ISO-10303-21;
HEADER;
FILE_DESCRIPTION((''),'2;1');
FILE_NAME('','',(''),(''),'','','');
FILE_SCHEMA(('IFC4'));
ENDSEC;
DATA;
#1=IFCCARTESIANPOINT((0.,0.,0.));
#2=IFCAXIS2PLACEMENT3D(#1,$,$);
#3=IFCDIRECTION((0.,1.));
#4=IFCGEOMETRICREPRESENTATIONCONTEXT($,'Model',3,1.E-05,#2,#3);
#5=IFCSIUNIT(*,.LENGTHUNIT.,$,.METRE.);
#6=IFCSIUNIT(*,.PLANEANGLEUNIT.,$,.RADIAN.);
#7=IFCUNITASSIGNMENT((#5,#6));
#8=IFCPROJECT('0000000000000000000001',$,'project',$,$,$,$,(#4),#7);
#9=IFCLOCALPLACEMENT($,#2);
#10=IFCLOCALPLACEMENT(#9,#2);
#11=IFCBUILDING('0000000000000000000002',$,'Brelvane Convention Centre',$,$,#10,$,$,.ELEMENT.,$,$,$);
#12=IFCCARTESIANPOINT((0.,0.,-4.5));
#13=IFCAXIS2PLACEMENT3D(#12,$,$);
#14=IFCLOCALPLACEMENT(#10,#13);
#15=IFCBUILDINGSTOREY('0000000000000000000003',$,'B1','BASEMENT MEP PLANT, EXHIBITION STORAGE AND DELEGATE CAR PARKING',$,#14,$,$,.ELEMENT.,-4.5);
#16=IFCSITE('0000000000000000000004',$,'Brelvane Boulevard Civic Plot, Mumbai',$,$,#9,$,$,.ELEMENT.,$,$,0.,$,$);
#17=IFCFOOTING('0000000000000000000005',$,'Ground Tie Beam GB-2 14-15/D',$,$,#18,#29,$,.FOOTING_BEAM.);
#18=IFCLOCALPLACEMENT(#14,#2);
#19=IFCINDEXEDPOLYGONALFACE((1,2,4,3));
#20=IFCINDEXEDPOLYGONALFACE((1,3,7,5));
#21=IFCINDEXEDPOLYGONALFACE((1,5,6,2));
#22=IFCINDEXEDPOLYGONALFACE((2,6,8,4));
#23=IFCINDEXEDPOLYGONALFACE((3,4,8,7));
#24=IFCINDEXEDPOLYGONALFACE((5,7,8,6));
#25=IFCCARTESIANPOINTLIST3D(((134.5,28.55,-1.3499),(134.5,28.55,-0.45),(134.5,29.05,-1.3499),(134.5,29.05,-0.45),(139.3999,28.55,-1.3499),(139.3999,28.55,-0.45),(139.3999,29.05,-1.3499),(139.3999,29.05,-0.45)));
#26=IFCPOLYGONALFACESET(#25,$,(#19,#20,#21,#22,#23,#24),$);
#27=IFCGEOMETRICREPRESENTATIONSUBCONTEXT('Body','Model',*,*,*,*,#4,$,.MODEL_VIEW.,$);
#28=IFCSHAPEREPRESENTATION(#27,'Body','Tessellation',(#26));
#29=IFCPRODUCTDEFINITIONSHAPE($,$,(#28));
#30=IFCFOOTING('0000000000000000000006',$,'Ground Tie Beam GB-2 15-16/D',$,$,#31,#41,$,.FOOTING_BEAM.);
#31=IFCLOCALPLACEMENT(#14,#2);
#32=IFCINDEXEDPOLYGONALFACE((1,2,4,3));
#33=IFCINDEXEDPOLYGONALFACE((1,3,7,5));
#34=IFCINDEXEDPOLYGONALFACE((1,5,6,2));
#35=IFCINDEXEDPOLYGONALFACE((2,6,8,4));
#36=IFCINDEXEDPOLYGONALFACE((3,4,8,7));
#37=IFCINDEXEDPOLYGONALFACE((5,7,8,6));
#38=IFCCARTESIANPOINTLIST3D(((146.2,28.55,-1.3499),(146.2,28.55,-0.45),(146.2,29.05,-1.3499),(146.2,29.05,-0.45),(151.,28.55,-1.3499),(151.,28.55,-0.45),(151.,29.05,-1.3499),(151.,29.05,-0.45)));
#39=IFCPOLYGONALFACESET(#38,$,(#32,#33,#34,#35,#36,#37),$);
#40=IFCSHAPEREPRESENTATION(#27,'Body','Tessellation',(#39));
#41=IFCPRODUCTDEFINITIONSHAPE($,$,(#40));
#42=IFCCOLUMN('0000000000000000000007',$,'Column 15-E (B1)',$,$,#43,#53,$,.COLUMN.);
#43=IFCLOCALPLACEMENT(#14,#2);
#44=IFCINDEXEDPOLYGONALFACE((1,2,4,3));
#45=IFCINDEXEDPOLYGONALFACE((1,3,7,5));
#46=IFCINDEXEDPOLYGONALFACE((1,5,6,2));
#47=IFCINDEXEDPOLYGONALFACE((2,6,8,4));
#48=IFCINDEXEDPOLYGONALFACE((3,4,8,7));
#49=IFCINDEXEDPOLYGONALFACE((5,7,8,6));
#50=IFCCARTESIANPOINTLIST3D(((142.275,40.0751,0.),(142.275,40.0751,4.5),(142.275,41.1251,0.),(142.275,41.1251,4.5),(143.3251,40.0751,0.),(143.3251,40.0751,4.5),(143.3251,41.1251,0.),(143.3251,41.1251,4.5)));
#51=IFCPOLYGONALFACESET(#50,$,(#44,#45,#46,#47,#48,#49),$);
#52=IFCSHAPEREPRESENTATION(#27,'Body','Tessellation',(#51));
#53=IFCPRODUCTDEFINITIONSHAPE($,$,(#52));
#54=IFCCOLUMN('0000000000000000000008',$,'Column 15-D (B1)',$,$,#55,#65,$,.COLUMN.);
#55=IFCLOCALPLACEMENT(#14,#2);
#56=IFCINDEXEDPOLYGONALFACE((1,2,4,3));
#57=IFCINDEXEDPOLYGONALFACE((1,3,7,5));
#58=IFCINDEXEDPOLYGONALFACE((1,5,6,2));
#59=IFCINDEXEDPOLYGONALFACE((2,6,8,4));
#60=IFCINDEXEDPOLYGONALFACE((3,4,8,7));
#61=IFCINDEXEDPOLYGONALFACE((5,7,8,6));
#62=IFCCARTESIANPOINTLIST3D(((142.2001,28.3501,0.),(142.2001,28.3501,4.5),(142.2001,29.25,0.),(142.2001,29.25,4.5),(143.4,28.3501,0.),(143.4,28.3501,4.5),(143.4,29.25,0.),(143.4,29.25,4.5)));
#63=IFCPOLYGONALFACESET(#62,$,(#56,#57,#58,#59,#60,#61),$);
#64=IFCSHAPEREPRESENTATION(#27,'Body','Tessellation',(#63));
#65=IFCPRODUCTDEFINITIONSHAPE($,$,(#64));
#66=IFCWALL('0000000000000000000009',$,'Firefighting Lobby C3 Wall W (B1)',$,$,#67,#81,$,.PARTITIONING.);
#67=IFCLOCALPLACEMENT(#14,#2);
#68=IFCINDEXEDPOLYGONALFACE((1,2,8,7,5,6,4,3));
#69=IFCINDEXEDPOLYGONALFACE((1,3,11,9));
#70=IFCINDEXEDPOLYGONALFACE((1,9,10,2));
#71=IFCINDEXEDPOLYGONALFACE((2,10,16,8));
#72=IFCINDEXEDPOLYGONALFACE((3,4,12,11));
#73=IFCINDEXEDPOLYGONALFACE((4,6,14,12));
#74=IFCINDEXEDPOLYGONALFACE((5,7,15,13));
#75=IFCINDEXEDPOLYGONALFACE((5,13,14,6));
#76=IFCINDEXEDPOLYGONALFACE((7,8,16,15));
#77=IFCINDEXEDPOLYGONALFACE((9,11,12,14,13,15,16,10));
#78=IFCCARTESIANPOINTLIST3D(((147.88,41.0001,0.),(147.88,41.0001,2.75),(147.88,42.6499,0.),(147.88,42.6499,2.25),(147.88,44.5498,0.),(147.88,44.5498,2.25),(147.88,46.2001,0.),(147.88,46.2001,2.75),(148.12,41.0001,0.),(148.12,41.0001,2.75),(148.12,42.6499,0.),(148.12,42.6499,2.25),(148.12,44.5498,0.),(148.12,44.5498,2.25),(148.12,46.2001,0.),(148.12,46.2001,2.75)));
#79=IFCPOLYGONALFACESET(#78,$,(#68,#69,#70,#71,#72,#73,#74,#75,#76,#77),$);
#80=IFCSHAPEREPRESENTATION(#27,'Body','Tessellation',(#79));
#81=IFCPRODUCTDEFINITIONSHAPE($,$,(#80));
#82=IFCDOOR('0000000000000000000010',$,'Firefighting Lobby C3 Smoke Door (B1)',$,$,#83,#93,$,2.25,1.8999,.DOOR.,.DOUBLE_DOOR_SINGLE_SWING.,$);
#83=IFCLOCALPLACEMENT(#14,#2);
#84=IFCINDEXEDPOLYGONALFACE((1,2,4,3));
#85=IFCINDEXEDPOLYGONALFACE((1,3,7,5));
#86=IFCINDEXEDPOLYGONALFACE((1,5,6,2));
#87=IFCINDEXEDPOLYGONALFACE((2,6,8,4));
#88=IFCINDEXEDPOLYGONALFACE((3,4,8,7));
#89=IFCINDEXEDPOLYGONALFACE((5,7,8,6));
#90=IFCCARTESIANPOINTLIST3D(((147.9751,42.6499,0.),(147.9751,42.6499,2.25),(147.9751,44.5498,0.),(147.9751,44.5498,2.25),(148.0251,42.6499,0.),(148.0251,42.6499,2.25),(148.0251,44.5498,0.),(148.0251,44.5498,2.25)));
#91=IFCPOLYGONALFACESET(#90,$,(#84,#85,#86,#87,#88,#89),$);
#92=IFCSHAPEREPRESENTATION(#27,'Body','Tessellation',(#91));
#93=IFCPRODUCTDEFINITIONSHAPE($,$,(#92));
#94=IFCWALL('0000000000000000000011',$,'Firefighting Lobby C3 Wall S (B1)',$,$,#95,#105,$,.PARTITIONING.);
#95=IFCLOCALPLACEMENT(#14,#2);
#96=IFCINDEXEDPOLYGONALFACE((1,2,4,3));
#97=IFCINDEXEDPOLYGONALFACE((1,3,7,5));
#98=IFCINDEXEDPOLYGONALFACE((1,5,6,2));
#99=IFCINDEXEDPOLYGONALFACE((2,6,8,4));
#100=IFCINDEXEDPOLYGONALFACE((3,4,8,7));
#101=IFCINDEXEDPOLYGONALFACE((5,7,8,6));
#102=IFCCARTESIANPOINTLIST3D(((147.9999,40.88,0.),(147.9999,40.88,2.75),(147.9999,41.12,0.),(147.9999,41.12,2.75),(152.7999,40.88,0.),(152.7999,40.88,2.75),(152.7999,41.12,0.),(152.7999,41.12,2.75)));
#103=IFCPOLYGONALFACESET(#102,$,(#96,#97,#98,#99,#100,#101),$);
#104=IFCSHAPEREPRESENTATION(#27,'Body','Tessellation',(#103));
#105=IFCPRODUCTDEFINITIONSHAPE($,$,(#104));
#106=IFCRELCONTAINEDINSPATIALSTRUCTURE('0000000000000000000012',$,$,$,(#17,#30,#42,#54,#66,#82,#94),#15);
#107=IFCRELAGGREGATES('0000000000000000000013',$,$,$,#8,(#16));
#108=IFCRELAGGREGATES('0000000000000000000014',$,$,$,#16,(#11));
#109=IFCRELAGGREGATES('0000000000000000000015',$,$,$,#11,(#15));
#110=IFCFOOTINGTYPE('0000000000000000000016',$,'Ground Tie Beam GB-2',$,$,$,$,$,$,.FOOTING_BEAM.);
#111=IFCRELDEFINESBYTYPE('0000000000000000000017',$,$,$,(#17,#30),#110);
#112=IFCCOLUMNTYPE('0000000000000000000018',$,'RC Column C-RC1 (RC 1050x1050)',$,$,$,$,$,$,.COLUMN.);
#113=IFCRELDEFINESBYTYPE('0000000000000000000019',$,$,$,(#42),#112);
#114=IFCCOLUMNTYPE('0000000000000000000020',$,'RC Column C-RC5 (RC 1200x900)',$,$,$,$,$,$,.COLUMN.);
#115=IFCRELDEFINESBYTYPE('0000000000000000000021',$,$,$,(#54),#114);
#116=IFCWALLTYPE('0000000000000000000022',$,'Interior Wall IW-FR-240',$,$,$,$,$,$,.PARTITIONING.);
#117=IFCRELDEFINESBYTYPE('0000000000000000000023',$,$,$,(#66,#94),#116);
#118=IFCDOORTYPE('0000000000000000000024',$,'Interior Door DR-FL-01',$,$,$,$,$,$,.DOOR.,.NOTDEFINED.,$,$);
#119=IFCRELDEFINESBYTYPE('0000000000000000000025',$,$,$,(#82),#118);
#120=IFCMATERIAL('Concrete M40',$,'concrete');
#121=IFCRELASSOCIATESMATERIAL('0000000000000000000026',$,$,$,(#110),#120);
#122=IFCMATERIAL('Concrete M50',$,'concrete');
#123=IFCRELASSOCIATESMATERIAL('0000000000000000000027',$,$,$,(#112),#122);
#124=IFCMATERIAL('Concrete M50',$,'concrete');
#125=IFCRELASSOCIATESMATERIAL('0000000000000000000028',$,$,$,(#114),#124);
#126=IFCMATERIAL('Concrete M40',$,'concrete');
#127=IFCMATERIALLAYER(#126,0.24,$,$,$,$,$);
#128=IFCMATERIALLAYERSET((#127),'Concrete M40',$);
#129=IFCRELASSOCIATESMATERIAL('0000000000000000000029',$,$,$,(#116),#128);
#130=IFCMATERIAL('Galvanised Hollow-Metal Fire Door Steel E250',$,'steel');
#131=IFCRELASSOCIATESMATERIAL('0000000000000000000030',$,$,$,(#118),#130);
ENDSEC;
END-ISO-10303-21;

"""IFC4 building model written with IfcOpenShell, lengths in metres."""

from ifc_helpers import new_model, si_unit, direction, frame, frame_2d, origin, origin_2d, place, context, subcontext, project, spatial, rectangle, extrude, material, layer, layer_set, material_profile, profile_set, type_object, element, fill, save


model = new_model("IFC4")

# Units and contexts
model_context = context("Model", 3, precision=1e-05, world=origin(), true_north=direction((0.0, 1.0)))
body_context = subcontext(model_context, "Body", "Model", "MODEL_VIEW")
ifc_project = project(units=[si_unit("LENGTHUNIT", "METRE"), si_unit("PLANEANGLEUNIT", "RADIAN")], contexts=[model_context])

# Site, building, storey
site_placement = place(None, origin())
site = spatial("IfcSite", under=ifc_project, at=site_placement, Name="Brelvane Boulevard Civic Plot, Mumbai", CompositionType="ELEMENT", RefElevation=0.0)
building_placement = place(site_placement, origin())
building = spatial("IfcBuilding", under=site, at=building_placement, Name="Brelvane Convention Centre", CompositionType="ELEMENT")
storey_placement = place(building_placement, frame((0.0, 0.0, -4.5)))
storey = spatial("IfcBuildingStorey", under=building, at=storey_placement, Name="B1", Description="BASEMENT MEP PLANT, EXHIBITION STORAGE AND DELEGATE CAR PARKING", CompositionType="ELEMENT", Elevation=-4.5)

# Footings
ifc_material_1 = material(Name="Concrete M40", Category="concrete")
ifc_material_profile_1 = material_profile(ifc_material_1, rectangle(XDim=0.5, YDim=0.8999, at=origin_2d()), Name="RC 500x900")
ifc_profile_set_1 = profile_set([ifc_material_profile_1], Name="Concrete M40")
footing_type_1 = type_object("IfcFootingType", Name="Ground Tie Beam GB-2", PredefinedType="FOOTING_BEAM", material=ifc_profile_set_1)
footing_1_placement = place(storey_placement, frame((134.5, 28.8, -0.8999), z_axis=(1.0, 0.0, 0.0), x_axis=(0.0, 1.0, 0.0)))
element("IfcFooting", 1, at=footing_1_placement, inside=storey, type_object=footing_type_1, Name="Ground Tie Beam GB-2 14-15/D", PredefinedType="FOOTING_BEAM", context=body_context, shape_type="SweptSolid", body=[
    extrude(rectangle(XDim=0.5, YDim=0.8999, at=origin_2d()), origin(), (0.0, 0.0, 1.0), 4.8999),
])
footing_2_placement = place(storey_placement, frame((146.2, 28.8, -0.8999), z_axis=(1.0, 0.0, 0.0), x_axis=(0.0, 1.0, 0.0)))
element("IfcFooting", 2, at=footing_2_placement, inside=storey, type_object=footing_type_1, Name="Ground Tie Beam GB-2 15-16/D", PredefinedType="FOOTING_BEAM", context=body_context, shape_type="SweptSolid", body=[
    extrude(rectangle(XDim=0.5, YDim=0.8999, at=origin_2d()), origin(), (0.0, 0.0, 1.0), 4.8),
])

# Columns
ifc_material_2 = material(Name="Concrete M50", Category="concrete")
ifc_material_profile_2 = material_profile(ifc_material_2, rectangle(XDim=1.05, YDim=1.05, at=origin_2d()), Name="RC 1050x1050")
ifc_profile_set_2 = profile_set([ifc_material_profile_2], Name="Concrete M50")
column_type_1 = type_object("IfcColumnType", Name="RC Column C-RC1 (RC 1050x1050)", PredefinedType="COLUMN", material=ifc_profile_set_2)
column_1_placement = place(storey_placement, frame((142.8, 40.6001, 0.0), z_axis=(0.0, 0.0, 1.0), x_axis=(1.0, 0.0, 0.0)))
element("IfcColumn", 3, at=column_1_placement, inside=storey, type_object=column_type_1, Name="Column 15-E (B1)", PredefinedType="COLUMN", context=body_context, shape_type="SweptSolid", body=[
    extrude(rectangle(XDim=1.05, YDim=1.05, at=origin_2d()), origin(), (0.0, 0.0, 1.0), 4.5),
])
ifc_material_3 = material(Name="Concrete M50", Category="concrete")
ifc_material_profile_3 = material_profile(ifc_material_3, rectangle(XDim=1.2, YDim=0.8999, at=origin_2d()), Name="RC 1200x900")
ifc_profile_set_3 = profile_set([ifc_material_profile_3], Name="Concrete M50")
column_type_2 = type_object("IfcColumnType", Name="RC Column C-RC5 (RC 1200x900)", PredefinedType="COLUMN", material=ifc_profile_set_3)
column_2_placement = place(storey_placement, frame((142.8, 28.8, 0.0), z_axis=(0.0, 0.0, 1.0), x_axis=(1.0, 0.0, 0.0)))
element("IfcColumn", 4, at=column_2_placement, inside=storey, type_object=column_type_2, Name="Column 15-D (B1)", PredefinedType="COLUMN", context=body_context, shape_type="SweptSolid", body=[
    extrude(rectangle(XDim=1.2, YDim=0.8999, at=origin_2d()), origin(), (0.0, 0.0, 1.0), 4.5),
])

# Wall, opening, door
ifc_material_4 = material(Name="Concrete M40", Category="concrete")
ifc_layer = layer(ifc_material_4, 0.24)
ifc_layer_set = layer_set([ifc_layer], Name="Concrete M40")
wall_type = type_object("IfcWallType", Name="Interior Wall IW-FR-240", PredefinedType="PARTITIONING", material=ifc_layer_set)
wall_1_placement = place(storey_placement, frame((148.0, 41.0, 0.0), z_axis=(0.0, 0.0, 1.0), x_axis=(0.0, 1.0, 0.0)))
wall_1 = element("IfcWall", 5, at=wall_1_placement, inside=storey, type_object=wall_type, Name="Firefighting Lobby C3 Wall W (B1)", PredefinedType="PARTITIONING", context=body_context, shape_type="SweptSolid", body=[
    extrude(rectangle(XDim=5.2, YDim=0.24, at=frame_2d((2.6001, 0.0))), origin(), (0.0, 0.0, 1.0), 2.75),
])
opening_placement = place(wall_1_placement, frame((1.6499, 0.0, 0.0)))
opening = element("IfcOpeningElement", 6, at=opening_placement, cuts=wall_1, PredefinedType="OPENING", context=body_context, shape_type="SweptSolid", body=[
    extrude(rectangle(XDim=1.8999, YDim=2.25, at=frame_2d((0.95, 1.125))), frame((0.0, 0.1299, 0.0), z_axis=(0.0, -1.0, 0.0), x_axis=(1.0, 0.0, 0.0)), (0.0, 0.0, 1.0), 0.26),
])
ifc_material_5 = material(Name="Galvanised Hollow-Metal Fire Door Steel E250", Category="steel")
door_type = type_object("IfcDoorType", Name="Interior Door DR-FL-01", OperationType="NOTDEFINED", PredefinedType="DOOR", material=ifc_material_5)
door_placement = place(opening_placement, origin())
door = element("IfcDoor", 7, at=door_placement, inside=storey, type_object=door_type, Name="Firefighting Lobby C3 Smoke Door (B1)", OperationType="DOUBLE_DOOR_SINGLE_SWING", OverallHeight=2.25, OverallWidth=1.8999, PredefinedType="DOOR", context=body_context, shape_type="SweptSolid", body=[
    extrude(rectangle(XDim=1.8999, YDim=2.25, at=frame_2d((0.95, 1.125))), frame((0.0, 0.0249, 0.0), z_axis=(0.0, -1.0, 0.0), x_axis=(1.0, 0.0, 0.0)), (0.0, 0.0, 1.0), 0.05),
])
fill(opening, door)

# Wall
wall_2_placement = place(storey_placement, frame((148.0, 41.0, 0.0), z_axis=(0.0, 0.0, 1.0), x_axis=(1.0, 0.0, 0.0)))
element("IfcWall", 8, at=wall_2_placement, inside=storey, type_object=wall_type, Name="Firefighting Lobby C3 Wall S (B1)", PredefinedType="PARTITIONING", context=body_context, shape_type="SweptSolid", body=[
    extrude(rectangle(XDim=4.8, YDim=0.24, at=frame_2d((2.3999, 0.0))), origin(), (0.0, 0.0, 1.0), 2.75),
])

save(model, "model.ifc")
